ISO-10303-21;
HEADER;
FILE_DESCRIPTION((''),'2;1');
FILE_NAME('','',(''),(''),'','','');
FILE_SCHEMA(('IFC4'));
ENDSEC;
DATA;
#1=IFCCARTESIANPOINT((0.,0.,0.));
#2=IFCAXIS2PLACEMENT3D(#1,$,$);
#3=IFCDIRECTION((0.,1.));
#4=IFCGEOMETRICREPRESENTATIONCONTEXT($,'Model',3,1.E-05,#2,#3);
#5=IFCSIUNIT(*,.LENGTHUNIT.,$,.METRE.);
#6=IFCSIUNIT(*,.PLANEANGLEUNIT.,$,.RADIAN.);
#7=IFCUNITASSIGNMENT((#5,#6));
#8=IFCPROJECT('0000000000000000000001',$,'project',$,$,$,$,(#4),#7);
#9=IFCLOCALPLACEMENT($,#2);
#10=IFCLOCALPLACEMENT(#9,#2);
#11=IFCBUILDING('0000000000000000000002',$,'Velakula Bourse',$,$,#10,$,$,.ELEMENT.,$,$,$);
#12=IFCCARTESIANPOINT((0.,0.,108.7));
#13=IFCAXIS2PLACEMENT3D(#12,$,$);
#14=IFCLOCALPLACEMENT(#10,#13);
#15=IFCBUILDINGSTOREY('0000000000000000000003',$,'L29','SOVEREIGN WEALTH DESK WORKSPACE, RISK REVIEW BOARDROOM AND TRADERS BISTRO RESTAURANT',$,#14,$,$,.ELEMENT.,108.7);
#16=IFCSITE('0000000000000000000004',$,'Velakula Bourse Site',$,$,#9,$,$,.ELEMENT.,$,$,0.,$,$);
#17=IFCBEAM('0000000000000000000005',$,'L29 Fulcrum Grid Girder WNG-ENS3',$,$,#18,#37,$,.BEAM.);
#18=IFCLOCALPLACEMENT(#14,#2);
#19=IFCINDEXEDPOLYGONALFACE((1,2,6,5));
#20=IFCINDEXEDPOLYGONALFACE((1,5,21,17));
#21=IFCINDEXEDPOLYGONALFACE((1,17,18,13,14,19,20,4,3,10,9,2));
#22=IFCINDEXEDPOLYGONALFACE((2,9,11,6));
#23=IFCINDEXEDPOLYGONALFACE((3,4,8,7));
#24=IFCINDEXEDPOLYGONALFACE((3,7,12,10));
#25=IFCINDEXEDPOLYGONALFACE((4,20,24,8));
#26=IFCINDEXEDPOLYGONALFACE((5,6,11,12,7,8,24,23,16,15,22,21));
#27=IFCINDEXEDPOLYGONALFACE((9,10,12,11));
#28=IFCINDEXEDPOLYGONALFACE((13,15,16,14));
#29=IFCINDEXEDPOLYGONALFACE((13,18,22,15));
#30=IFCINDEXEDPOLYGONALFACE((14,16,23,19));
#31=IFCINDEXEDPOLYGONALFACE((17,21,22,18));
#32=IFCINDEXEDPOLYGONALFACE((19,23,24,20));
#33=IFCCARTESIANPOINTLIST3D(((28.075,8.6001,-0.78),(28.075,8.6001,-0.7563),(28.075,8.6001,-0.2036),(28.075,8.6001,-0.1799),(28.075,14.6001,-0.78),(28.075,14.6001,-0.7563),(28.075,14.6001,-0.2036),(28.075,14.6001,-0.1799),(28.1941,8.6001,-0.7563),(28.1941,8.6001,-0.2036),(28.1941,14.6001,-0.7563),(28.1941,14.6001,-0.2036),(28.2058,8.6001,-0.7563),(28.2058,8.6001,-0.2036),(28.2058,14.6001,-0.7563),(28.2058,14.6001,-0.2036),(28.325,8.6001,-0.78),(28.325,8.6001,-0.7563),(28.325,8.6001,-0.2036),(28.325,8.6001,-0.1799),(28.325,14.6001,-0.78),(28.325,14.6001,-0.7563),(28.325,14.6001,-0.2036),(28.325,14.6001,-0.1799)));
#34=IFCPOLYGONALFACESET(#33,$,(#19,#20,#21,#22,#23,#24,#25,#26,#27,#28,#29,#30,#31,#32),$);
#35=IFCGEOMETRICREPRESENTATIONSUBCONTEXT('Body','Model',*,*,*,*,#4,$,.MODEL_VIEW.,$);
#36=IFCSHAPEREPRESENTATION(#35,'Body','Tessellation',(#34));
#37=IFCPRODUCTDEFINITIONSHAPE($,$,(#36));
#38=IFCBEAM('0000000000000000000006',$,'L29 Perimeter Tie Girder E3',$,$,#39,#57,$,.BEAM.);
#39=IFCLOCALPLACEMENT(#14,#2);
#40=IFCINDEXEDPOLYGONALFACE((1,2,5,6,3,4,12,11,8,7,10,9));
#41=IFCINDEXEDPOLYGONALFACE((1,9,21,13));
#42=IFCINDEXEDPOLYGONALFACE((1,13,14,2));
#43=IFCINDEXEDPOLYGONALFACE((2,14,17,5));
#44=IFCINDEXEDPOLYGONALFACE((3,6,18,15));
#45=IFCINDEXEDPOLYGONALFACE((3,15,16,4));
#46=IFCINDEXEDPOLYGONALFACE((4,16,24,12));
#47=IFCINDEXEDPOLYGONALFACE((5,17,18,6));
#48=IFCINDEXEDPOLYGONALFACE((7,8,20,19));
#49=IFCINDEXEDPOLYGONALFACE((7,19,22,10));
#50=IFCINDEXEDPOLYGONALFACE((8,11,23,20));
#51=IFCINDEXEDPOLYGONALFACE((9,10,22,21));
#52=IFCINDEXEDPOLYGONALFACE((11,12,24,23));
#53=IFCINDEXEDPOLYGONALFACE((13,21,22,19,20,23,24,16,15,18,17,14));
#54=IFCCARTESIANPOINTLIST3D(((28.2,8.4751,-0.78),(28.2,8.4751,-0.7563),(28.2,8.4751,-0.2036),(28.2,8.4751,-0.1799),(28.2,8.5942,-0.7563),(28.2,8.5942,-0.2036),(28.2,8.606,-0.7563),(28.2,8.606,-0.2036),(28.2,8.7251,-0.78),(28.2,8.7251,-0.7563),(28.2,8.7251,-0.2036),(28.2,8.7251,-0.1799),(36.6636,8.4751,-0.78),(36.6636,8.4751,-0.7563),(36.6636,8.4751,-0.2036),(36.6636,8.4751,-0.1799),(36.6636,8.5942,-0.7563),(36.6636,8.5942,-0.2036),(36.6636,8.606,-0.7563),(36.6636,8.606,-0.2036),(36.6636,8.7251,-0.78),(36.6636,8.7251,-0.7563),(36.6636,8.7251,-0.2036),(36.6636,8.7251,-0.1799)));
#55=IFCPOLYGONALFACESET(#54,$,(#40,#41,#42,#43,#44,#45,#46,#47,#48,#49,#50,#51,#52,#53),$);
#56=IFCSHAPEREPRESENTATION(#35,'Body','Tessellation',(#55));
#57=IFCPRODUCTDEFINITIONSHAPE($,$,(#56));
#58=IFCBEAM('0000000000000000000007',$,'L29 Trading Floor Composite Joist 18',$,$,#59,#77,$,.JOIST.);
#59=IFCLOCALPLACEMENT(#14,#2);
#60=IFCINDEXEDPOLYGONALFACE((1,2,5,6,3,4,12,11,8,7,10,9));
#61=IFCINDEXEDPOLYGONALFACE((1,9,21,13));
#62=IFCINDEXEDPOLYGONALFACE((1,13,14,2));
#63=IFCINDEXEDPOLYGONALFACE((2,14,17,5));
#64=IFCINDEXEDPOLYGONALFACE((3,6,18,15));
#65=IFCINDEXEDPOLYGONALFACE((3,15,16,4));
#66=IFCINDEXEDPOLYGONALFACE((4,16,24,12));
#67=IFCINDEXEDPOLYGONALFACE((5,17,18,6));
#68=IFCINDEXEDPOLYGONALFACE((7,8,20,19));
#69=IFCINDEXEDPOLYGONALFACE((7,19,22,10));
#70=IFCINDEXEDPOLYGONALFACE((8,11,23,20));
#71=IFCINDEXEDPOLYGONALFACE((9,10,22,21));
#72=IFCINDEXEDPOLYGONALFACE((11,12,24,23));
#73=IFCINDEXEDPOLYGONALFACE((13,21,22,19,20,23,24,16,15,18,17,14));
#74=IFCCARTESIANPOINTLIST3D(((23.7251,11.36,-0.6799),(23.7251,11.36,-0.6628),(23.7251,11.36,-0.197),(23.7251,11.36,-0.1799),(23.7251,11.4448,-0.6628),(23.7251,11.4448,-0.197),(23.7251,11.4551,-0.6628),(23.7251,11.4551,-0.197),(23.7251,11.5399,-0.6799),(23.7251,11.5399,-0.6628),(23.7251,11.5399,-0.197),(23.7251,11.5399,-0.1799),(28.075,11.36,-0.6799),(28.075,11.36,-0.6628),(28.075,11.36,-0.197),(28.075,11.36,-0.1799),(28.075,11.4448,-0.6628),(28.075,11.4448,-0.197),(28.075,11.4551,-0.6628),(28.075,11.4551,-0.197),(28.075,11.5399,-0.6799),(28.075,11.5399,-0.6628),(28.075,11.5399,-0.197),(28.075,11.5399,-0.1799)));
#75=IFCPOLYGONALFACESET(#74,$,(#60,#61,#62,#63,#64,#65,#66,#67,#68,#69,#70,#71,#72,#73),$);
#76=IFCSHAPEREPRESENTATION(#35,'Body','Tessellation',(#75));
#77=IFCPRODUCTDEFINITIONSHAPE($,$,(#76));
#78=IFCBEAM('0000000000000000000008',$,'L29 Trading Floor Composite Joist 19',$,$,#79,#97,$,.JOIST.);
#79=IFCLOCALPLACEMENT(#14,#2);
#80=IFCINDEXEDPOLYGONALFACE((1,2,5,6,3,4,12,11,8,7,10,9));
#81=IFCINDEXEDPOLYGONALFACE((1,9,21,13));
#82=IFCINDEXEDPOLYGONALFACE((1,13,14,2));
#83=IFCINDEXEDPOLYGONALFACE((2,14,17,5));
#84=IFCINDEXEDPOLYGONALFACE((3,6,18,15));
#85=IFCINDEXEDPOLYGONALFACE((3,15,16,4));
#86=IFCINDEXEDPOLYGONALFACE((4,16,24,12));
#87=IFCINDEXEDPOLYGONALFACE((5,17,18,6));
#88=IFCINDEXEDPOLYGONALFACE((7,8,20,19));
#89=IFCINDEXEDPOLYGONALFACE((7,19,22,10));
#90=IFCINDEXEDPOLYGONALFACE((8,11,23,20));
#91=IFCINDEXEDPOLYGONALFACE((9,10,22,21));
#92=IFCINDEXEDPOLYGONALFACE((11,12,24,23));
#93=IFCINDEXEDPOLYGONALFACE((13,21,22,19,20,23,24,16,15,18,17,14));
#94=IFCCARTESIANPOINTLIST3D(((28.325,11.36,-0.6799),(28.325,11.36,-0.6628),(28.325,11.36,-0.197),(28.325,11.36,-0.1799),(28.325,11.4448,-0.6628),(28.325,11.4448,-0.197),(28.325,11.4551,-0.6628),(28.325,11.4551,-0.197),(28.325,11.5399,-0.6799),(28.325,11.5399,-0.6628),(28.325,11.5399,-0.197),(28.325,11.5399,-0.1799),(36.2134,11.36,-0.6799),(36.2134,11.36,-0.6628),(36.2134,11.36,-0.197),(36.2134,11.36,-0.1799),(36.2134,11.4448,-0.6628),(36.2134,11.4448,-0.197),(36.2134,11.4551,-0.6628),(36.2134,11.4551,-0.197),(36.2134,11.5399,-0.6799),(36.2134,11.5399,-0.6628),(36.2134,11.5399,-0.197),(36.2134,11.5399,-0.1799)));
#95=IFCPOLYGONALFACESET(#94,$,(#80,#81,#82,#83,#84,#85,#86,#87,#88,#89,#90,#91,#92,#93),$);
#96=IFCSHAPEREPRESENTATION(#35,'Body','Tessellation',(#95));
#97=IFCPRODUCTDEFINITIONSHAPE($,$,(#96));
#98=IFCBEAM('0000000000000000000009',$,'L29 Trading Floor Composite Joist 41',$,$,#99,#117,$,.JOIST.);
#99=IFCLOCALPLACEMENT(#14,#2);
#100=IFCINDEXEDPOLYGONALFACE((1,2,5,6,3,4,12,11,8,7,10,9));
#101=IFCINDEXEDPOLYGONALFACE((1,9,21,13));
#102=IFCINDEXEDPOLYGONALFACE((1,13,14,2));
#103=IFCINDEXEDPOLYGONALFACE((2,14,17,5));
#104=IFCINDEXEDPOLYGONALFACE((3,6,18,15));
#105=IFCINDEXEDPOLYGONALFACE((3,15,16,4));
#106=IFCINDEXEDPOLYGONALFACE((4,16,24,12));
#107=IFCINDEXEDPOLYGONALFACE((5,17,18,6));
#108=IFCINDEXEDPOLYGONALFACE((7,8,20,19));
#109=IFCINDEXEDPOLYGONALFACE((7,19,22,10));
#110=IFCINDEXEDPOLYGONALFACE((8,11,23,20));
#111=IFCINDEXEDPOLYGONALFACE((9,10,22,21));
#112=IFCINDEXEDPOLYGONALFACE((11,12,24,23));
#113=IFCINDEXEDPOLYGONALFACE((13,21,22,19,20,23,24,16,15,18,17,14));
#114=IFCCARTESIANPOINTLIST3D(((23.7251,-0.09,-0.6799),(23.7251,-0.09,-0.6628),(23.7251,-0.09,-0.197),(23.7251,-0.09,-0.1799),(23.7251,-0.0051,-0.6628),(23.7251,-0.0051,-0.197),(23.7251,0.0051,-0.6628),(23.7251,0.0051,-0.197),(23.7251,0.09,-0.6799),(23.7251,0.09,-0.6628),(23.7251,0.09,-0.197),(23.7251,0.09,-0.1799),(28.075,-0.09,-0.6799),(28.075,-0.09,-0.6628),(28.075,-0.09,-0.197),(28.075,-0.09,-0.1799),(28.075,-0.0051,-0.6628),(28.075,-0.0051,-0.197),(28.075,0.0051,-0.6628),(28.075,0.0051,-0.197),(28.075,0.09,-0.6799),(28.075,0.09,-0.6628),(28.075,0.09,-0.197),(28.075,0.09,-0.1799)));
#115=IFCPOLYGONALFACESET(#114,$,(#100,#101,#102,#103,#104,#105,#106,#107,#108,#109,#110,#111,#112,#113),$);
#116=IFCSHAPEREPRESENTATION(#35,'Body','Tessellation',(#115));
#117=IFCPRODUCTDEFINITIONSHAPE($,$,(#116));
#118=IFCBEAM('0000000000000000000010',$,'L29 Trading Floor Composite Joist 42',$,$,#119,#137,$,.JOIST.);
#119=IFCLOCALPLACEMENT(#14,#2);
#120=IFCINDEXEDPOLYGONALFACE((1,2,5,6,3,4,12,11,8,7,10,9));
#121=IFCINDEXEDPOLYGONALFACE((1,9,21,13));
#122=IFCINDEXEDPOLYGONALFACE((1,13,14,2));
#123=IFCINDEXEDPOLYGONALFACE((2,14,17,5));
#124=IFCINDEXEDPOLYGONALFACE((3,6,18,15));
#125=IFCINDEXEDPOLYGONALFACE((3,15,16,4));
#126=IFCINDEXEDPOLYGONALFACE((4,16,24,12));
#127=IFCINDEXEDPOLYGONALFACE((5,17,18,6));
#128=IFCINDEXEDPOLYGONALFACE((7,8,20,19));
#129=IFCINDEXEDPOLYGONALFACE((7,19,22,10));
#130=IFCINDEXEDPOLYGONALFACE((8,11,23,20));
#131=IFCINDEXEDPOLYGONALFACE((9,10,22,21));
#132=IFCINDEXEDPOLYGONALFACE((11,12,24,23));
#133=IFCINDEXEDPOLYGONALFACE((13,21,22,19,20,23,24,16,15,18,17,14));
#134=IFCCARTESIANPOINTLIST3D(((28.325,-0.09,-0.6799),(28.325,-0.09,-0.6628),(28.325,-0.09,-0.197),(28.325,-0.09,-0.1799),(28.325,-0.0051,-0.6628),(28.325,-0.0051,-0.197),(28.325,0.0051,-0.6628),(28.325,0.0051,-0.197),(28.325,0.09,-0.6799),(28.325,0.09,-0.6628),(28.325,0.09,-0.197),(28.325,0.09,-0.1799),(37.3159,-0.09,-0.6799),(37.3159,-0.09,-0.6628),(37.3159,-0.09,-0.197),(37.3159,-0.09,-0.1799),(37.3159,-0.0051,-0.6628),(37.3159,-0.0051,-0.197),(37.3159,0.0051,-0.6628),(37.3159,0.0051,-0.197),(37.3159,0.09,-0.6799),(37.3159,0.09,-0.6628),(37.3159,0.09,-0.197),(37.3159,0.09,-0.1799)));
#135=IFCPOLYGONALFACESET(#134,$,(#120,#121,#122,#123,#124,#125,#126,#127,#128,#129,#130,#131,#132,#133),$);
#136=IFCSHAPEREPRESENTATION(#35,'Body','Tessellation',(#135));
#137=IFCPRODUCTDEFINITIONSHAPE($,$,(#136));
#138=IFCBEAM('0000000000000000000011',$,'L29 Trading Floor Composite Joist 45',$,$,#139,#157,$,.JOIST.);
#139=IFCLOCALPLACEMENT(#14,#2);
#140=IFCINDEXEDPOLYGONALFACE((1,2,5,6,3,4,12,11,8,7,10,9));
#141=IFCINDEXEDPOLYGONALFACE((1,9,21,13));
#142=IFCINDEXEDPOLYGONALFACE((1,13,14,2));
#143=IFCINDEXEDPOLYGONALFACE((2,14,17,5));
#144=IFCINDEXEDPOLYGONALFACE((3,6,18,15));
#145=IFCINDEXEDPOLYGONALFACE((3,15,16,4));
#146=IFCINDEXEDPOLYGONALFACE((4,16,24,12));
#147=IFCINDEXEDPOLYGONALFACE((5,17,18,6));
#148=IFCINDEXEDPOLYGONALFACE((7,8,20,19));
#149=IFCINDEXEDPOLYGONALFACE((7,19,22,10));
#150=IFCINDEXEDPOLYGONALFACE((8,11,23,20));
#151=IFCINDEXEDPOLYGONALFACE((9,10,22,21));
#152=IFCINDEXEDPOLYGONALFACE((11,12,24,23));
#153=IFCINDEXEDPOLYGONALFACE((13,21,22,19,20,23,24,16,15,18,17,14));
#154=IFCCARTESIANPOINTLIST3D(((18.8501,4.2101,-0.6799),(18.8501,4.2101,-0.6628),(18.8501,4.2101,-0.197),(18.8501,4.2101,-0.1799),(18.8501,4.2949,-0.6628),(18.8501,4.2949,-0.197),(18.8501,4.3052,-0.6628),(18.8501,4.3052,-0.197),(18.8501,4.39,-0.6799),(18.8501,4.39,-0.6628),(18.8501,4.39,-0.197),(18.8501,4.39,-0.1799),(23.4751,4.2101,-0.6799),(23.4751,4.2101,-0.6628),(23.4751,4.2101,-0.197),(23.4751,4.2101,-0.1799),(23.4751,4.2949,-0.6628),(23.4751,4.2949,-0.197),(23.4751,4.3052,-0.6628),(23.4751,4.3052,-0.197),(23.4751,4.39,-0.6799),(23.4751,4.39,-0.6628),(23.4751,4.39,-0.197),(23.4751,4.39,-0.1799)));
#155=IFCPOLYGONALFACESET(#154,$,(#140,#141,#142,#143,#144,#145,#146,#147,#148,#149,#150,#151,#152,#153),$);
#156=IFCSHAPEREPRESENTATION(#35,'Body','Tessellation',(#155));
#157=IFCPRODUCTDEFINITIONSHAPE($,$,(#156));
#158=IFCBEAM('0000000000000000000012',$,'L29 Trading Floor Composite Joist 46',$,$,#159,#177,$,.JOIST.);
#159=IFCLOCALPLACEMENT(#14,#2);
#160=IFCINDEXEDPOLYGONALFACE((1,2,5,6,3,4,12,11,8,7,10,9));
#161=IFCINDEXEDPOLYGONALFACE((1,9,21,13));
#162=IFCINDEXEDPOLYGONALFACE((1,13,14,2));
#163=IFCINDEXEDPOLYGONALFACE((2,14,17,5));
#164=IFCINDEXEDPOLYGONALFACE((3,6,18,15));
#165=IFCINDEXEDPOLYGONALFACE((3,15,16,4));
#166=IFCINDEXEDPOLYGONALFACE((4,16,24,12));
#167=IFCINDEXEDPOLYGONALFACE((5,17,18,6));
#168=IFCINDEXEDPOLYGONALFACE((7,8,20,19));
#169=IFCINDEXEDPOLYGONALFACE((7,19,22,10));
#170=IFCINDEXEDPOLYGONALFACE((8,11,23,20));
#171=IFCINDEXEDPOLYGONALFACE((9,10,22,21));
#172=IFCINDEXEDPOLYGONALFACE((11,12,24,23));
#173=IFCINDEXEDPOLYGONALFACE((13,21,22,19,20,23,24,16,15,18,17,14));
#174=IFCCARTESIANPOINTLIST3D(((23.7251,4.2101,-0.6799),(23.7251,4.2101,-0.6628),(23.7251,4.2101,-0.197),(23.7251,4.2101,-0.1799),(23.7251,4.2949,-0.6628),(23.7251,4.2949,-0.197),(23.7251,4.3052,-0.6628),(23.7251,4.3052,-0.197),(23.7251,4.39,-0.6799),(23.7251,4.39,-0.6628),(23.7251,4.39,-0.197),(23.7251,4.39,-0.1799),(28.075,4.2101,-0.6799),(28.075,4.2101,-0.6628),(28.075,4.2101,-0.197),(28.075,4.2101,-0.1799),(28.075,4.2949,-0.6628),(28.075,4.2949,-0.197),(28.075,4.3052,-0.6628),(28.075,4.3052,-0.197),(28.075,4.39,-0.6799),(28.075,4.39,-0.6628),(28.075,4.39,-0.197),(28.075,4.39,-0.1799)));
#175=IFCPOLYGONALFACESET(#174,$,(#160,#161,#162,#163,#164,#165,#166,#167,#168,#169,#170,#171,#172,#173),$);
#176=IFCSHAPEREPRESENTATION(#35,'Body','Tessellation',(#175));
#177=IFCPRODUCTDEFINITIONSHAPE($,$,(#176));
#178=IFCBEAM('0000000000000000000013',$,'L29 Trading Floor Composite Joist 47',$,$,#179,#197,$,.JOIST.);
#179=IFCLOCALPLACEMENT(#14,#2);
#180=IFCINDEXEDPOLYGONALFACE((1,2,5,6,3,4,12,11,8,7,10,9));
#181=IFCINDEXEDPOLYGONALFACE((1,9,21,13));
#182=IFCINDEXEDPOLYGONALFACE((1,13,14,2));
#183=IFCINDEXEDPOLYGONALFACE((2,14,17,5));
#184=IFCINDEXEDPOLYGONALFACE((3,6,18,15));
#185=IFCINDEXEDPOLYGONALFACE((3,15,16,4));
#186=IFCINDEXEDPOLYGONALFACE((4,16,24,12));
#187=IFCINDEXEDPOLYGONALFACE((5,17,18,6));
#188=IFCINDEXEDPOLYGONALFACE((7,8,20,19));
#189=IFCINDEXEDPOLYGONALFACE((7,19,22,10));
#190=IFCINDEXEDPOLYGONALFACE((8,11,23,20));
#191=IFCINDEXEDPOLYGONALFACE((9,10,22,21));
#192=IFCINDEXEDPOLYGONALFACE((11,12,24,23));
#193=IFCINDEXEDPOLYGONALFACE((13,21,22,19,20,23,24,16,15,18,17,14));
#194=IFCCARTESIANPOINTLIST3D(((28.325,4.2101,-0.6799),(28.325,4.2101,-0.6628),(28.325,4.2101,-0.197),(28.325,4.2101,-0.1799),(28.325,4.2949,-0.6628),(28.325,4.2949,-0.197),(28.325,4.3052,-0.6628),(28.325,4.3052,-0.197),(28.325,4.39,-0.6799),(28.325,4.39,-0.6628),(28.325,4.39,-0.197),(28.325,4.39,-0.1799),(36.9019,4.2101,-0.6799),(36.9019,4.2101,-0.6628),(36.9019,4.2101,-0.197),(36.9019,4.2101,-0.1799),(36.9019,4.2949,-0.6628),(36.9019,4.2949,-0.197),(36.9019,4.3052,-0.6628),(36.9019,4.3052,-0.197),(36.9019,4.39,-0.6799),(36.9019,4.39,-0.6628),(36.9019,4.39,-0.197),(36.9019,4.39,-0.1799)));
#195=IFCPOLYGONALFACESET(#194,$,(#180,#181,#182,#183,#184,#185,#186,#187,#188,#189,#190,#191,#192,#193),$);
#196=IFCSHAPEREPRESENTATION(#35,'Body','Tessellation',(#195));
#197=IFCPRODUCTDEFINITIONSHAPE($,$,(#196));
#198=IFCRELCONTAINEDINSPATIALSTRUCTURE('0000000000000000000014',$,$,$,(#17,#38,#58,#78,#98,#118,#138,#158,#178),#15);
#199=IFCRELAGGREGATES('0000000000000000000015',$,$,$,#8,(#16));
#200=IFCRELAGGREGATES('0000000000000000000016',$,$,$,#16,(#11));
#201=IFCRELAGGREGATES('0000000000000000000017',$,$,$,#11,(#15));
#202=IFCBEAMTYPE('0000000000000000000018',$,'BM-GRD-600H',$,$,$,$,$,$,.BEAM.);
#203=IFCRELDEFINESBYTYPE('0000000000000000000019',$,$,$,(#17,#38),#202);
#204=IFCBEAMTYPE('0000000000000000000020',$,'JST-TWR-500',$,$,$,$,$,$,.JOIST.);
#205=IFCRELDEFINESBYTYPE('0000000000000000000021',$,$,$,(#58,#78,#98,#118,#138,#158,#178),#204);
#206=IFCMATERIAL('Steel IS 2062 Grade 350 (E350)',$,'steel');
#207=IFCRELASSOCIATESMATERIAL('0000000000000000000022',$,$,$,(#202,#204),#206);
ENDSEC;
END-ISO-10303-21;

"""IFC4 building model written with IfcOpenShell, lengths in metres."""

from ifc_helpers import new_model, si_unit, direction, frame, origin, origin_2d, place, context, subcontext, project, spatial, i_section, extrude, material, material_profile, profile_set, type_object, element, save


model = new_model("IFC4")

# Units and contexts
model_context = context("Model", 3, precision=1e-05, world=origin(), true_north=direction((0.0, 1.0)))
body_context = subcontext(model_context, "Body", "Model", "MODEL_VIEW")
ifc_project = project(units=[si_unit("LENGTHUNIT", "METRE"), si_unit("PLANEANGLEUNIT", "RADIAN")], contexts=[model_context])

# Site, building, storey
site_placement = place(None, origin())
site = spatial("IfcSite", under=ifc_project, at=site_placement, Name="Velakula Bourse Site", CompositionType="ELEMENT", RefElevation=0.0)
building_placement = place(site_placement, origin())
building = spatial("IfcBuilding", under=site, at=building_placement, Name="Velakula Bourse", CompositionType="ELEMENT")
storey_placement = place(building_placement, frame((0.0, 0.0, 108.7)))
storey = spatial("IfcBuildingStorey", under=building, at=storey_placement, Name="L29", Description="SOVEREIGN WEALTH DESK WORKSPACE, RISK REVIEW BOARDROOM AND TRADERS BISTRO RESTAURANT", CompositionType="ELEMENT", Elevation=108.7)

# Beams
ifc_material_1 = material(Name="Steel IS 2062 Grade 350 (E350)", Category="steel")
ifc_material_profile_1 = material_profile(ifc_material_1, i_section(OverallWidth=0.25, OverallDepth=0.6001, WebThickness=0.0117, FlangeThickness=0.0237, at=origin_2d()), Name="Steel IS 2062 Grade 350 (E350)")
ifc_profile_set_1 = profile_set([ifc_material_profile_1], Name="Steel IS 2062 Grade 350 (E350)")
beam_type_1 = type_object("IfcBeamType", Name="BM-GRD-600H", PredefinedType="BEAM", material=ifc_profile_set_1)
beam_1_placement = place(storey_placement, frame((28.2, 8.6001, -0.48), z_axis=(0.0, 1.0, 0.0), x_axis=(-1.0, 0.0, 0.0)))
element("IfcBeam", 1, at=beam_1_placement, inside=storey, type_object=beam_type_1, Name="L29 Fulcrum Grid Girder WNG-ENS3", PredefinedType="BEAM", context=body_context, shape_type="SweptSolid", body=[
    extrude(i_section(OverallWidth=0.25, OverallDepth=0.6001, WebThickness=0.0117, FlangeThickness=0.0237, at=origin_2d()), origin(), (0.0, 0.0, 1.0), 6.0),
])
beam_2_placement = place(storey_placement, frame((28.2, 8.6001, -0.48), z_axis=(1.0, 0.0, 0.0), x_axis=(0.0, 1.0, 0.0)))
element("IfcBeam", 2, at=beam_2_placement, inside=storey, type_object=beam_type_1, Name="L29 Perimeter Tie Girder E3", PredefinedType="BEAM", context=body_context, shape_type="SweptSolid", body=[
    extrude(i_section(OverallWidth=0.25, OverallDepth=0.6001, WebThickness=0.0117, FlangeThickness=0.0237, at=origin_2d()), origin(), (0.0, 0.0, 1.0), 8.4636),
])
ifc_material_profile_2 = material_profile(ifc_material_1, i_section(OverallWidth=0.1799, OverallDepth=0.5, WebThickness=0.0103, FlangeThickness=0.0171, at=origin_2d()), Name="Steel IS 2062 Grade 350 (E350)")
ifc_profile_set_2 = profile_set([ifc_material_profile_2], Name="Steel IS 2062 Grade 350 (E350)")
beam_type_2 = type_object("IfcBeamType", Name="JST-TWR-500", PredefinedType="JOIST", material=ifc_profile_set_2)
beam_3_placement = place(storey_placement, frame((23.7251, 11.45, -0.4299), z_axis=(1.0, 0.0, 0.0), x_axis=(0.0, 1.0, 0.0)))
element("IfcBeam", 3, at=beam_3_placement, inside=storey, type_object=beam_type_2, Name="L29 Trading Floor Composite Joist 18", PredefinedType="JOIST", context=body_context, shape_type="SweptSolid", body=[
    extrude(i_section(OverallWidth=0.1799, OverallDepth=0.5, WebThickness=0.0103, FlangeThickness=0.0171, at=origin_2d()), origin(), (0.0, 0.0, 1.0), 4.3499),
])
beam_4_placement = place(storey_placement, frame((28.325, 11.45, -0.4299), z_axis=(1.0, 0.0, 0.0), x_axis=(0.0, 1.0, 0.0)))
element("IfcBeam", 4, at=beam_4_placement, inside=storey, type_object=beam_type_2, Name="L29 Trading Floor Composite Joist 19", PredefinedType="JOIST", context=body_context, shape_type="SweptSolid", body=[
    extrude(i_section(OverallWidth=0.1799, OverallDepth=0.5, WebThickness=0.0103, FlangeThickness=0.0171, at=origin_2d()), origin(), (0.0, 0.0, 1.0), 7.8884),
])
beam_5_placement = place(storey_placement, frame((23.7251, 0.0, -0.4299), z_axis=(1.0, 0.0, 0.0), x_axis=(0.0, 1.0, 0.0)))
element("IfcBeam", 5, at=beam_5_placement, inside=storey, type_object=beam_type_2, Name="L29 Trading Floor Composite Joist 41", PredefinedType="JOIST", context=body_context, shape_type="SweptSolid", body=[
    extrude(i_section(OverallWidth=0.1799, OverallDepth=0.5, WebThickness=0.0103, FlangeThickness=0.0171, at=origin_2d()), origin(), (0.0, 0.0, 1.0), 4.3499),
])
beam_6_placement = place(storey_placement, frame((28.325, 0.0, -0.4299), z_axis=(1.0, 0.0, 0.0), x_axis=(0.0, 1.0, 0.0)))
element("IfcBeam", 6, at=beam_6_placement, inside=storey, type_object=beam_type_2, Name="L29 Trading Floor Composite Joist 42", PredefinedType="JOIST", context=body_context, shape_type="SweptSolid", body=[
    extrude(i_section(OverallWidth=0.1799, OverallDepth=0.5, WebThickness=0.0103, FlangeThickness=0.0171, at=origin_2d()), origin(), (0.0, 0.0, 1.0), 8.991),
])
beam_7_placement = place(storey_placement, frame((18.8501, 4.3, -0.4299), z_axis=(1.0, 0.0, 0.0), x_axis=(0.0, 1.0, 0.0)))
element("IfcBeam", 7, at=beam_7_placement, inside=storey, type_object=beam_type_2, Name="L29 Trading Floor Composite Joist 45", PredefinedType="JOIST", context=body_context, shape_type="SweptSolid", body=[
    extrude(i_section(OverallWidth=0.1799, OverallDepth=0.5, WebThickness=0.0103, FlangeThickness=0.0171, at=origin_2d()), origin(), (0.0, 0.0, 1.0), 4.625),
])
beam_8_placement = place(storey_placement, frame((23.7251, 4.3, -0.4299), z_axis=(1.0, 0.0, 0.0), x_axis=(0.0, 1.0, 0.0)))
element("IfcBeam", 8, at=beam_8_placement, inside=storey, type_object=beam_type_2, Name="L29 Trading Floor Composite Joist 46", PredefinedType="JOIST", context=body_context, shape_type="SweptSolid", body=[
    extrude(i_section(OverallWidth=0.1799, OverallDepth=0.5, WebThickness=0.0103, FlangeThickness=0.0171, at=origin_2d()), origin(), (0.0, 0.0, 1.0), 4.3499),
])
beam_9_placement = place(storey_placement, frame((28.325, 4.3, -0.4299), z_axis=(1.0, 0.0, 0.0), x_axis=(0.0, 1.0, 0.0)))
element("IfcBeam", 9, at=beam_9_placement, inside=storey, type_object=beam_type_2, Name="L29 Trading Floor Composite Joist 47", PredefinedType="JOIST", context=body_context, shape_type="SweptSolid", body=[
    extrude(i_section(OverallWidth=0.1799, OverallDepth=0.5, WebThickness=0.0103, FlangeThickness=0.0171, at=origin_2d()), origin(), (0.0, 0.0, 1.0), 8.5769),
])

save(model, "model.ifc")
